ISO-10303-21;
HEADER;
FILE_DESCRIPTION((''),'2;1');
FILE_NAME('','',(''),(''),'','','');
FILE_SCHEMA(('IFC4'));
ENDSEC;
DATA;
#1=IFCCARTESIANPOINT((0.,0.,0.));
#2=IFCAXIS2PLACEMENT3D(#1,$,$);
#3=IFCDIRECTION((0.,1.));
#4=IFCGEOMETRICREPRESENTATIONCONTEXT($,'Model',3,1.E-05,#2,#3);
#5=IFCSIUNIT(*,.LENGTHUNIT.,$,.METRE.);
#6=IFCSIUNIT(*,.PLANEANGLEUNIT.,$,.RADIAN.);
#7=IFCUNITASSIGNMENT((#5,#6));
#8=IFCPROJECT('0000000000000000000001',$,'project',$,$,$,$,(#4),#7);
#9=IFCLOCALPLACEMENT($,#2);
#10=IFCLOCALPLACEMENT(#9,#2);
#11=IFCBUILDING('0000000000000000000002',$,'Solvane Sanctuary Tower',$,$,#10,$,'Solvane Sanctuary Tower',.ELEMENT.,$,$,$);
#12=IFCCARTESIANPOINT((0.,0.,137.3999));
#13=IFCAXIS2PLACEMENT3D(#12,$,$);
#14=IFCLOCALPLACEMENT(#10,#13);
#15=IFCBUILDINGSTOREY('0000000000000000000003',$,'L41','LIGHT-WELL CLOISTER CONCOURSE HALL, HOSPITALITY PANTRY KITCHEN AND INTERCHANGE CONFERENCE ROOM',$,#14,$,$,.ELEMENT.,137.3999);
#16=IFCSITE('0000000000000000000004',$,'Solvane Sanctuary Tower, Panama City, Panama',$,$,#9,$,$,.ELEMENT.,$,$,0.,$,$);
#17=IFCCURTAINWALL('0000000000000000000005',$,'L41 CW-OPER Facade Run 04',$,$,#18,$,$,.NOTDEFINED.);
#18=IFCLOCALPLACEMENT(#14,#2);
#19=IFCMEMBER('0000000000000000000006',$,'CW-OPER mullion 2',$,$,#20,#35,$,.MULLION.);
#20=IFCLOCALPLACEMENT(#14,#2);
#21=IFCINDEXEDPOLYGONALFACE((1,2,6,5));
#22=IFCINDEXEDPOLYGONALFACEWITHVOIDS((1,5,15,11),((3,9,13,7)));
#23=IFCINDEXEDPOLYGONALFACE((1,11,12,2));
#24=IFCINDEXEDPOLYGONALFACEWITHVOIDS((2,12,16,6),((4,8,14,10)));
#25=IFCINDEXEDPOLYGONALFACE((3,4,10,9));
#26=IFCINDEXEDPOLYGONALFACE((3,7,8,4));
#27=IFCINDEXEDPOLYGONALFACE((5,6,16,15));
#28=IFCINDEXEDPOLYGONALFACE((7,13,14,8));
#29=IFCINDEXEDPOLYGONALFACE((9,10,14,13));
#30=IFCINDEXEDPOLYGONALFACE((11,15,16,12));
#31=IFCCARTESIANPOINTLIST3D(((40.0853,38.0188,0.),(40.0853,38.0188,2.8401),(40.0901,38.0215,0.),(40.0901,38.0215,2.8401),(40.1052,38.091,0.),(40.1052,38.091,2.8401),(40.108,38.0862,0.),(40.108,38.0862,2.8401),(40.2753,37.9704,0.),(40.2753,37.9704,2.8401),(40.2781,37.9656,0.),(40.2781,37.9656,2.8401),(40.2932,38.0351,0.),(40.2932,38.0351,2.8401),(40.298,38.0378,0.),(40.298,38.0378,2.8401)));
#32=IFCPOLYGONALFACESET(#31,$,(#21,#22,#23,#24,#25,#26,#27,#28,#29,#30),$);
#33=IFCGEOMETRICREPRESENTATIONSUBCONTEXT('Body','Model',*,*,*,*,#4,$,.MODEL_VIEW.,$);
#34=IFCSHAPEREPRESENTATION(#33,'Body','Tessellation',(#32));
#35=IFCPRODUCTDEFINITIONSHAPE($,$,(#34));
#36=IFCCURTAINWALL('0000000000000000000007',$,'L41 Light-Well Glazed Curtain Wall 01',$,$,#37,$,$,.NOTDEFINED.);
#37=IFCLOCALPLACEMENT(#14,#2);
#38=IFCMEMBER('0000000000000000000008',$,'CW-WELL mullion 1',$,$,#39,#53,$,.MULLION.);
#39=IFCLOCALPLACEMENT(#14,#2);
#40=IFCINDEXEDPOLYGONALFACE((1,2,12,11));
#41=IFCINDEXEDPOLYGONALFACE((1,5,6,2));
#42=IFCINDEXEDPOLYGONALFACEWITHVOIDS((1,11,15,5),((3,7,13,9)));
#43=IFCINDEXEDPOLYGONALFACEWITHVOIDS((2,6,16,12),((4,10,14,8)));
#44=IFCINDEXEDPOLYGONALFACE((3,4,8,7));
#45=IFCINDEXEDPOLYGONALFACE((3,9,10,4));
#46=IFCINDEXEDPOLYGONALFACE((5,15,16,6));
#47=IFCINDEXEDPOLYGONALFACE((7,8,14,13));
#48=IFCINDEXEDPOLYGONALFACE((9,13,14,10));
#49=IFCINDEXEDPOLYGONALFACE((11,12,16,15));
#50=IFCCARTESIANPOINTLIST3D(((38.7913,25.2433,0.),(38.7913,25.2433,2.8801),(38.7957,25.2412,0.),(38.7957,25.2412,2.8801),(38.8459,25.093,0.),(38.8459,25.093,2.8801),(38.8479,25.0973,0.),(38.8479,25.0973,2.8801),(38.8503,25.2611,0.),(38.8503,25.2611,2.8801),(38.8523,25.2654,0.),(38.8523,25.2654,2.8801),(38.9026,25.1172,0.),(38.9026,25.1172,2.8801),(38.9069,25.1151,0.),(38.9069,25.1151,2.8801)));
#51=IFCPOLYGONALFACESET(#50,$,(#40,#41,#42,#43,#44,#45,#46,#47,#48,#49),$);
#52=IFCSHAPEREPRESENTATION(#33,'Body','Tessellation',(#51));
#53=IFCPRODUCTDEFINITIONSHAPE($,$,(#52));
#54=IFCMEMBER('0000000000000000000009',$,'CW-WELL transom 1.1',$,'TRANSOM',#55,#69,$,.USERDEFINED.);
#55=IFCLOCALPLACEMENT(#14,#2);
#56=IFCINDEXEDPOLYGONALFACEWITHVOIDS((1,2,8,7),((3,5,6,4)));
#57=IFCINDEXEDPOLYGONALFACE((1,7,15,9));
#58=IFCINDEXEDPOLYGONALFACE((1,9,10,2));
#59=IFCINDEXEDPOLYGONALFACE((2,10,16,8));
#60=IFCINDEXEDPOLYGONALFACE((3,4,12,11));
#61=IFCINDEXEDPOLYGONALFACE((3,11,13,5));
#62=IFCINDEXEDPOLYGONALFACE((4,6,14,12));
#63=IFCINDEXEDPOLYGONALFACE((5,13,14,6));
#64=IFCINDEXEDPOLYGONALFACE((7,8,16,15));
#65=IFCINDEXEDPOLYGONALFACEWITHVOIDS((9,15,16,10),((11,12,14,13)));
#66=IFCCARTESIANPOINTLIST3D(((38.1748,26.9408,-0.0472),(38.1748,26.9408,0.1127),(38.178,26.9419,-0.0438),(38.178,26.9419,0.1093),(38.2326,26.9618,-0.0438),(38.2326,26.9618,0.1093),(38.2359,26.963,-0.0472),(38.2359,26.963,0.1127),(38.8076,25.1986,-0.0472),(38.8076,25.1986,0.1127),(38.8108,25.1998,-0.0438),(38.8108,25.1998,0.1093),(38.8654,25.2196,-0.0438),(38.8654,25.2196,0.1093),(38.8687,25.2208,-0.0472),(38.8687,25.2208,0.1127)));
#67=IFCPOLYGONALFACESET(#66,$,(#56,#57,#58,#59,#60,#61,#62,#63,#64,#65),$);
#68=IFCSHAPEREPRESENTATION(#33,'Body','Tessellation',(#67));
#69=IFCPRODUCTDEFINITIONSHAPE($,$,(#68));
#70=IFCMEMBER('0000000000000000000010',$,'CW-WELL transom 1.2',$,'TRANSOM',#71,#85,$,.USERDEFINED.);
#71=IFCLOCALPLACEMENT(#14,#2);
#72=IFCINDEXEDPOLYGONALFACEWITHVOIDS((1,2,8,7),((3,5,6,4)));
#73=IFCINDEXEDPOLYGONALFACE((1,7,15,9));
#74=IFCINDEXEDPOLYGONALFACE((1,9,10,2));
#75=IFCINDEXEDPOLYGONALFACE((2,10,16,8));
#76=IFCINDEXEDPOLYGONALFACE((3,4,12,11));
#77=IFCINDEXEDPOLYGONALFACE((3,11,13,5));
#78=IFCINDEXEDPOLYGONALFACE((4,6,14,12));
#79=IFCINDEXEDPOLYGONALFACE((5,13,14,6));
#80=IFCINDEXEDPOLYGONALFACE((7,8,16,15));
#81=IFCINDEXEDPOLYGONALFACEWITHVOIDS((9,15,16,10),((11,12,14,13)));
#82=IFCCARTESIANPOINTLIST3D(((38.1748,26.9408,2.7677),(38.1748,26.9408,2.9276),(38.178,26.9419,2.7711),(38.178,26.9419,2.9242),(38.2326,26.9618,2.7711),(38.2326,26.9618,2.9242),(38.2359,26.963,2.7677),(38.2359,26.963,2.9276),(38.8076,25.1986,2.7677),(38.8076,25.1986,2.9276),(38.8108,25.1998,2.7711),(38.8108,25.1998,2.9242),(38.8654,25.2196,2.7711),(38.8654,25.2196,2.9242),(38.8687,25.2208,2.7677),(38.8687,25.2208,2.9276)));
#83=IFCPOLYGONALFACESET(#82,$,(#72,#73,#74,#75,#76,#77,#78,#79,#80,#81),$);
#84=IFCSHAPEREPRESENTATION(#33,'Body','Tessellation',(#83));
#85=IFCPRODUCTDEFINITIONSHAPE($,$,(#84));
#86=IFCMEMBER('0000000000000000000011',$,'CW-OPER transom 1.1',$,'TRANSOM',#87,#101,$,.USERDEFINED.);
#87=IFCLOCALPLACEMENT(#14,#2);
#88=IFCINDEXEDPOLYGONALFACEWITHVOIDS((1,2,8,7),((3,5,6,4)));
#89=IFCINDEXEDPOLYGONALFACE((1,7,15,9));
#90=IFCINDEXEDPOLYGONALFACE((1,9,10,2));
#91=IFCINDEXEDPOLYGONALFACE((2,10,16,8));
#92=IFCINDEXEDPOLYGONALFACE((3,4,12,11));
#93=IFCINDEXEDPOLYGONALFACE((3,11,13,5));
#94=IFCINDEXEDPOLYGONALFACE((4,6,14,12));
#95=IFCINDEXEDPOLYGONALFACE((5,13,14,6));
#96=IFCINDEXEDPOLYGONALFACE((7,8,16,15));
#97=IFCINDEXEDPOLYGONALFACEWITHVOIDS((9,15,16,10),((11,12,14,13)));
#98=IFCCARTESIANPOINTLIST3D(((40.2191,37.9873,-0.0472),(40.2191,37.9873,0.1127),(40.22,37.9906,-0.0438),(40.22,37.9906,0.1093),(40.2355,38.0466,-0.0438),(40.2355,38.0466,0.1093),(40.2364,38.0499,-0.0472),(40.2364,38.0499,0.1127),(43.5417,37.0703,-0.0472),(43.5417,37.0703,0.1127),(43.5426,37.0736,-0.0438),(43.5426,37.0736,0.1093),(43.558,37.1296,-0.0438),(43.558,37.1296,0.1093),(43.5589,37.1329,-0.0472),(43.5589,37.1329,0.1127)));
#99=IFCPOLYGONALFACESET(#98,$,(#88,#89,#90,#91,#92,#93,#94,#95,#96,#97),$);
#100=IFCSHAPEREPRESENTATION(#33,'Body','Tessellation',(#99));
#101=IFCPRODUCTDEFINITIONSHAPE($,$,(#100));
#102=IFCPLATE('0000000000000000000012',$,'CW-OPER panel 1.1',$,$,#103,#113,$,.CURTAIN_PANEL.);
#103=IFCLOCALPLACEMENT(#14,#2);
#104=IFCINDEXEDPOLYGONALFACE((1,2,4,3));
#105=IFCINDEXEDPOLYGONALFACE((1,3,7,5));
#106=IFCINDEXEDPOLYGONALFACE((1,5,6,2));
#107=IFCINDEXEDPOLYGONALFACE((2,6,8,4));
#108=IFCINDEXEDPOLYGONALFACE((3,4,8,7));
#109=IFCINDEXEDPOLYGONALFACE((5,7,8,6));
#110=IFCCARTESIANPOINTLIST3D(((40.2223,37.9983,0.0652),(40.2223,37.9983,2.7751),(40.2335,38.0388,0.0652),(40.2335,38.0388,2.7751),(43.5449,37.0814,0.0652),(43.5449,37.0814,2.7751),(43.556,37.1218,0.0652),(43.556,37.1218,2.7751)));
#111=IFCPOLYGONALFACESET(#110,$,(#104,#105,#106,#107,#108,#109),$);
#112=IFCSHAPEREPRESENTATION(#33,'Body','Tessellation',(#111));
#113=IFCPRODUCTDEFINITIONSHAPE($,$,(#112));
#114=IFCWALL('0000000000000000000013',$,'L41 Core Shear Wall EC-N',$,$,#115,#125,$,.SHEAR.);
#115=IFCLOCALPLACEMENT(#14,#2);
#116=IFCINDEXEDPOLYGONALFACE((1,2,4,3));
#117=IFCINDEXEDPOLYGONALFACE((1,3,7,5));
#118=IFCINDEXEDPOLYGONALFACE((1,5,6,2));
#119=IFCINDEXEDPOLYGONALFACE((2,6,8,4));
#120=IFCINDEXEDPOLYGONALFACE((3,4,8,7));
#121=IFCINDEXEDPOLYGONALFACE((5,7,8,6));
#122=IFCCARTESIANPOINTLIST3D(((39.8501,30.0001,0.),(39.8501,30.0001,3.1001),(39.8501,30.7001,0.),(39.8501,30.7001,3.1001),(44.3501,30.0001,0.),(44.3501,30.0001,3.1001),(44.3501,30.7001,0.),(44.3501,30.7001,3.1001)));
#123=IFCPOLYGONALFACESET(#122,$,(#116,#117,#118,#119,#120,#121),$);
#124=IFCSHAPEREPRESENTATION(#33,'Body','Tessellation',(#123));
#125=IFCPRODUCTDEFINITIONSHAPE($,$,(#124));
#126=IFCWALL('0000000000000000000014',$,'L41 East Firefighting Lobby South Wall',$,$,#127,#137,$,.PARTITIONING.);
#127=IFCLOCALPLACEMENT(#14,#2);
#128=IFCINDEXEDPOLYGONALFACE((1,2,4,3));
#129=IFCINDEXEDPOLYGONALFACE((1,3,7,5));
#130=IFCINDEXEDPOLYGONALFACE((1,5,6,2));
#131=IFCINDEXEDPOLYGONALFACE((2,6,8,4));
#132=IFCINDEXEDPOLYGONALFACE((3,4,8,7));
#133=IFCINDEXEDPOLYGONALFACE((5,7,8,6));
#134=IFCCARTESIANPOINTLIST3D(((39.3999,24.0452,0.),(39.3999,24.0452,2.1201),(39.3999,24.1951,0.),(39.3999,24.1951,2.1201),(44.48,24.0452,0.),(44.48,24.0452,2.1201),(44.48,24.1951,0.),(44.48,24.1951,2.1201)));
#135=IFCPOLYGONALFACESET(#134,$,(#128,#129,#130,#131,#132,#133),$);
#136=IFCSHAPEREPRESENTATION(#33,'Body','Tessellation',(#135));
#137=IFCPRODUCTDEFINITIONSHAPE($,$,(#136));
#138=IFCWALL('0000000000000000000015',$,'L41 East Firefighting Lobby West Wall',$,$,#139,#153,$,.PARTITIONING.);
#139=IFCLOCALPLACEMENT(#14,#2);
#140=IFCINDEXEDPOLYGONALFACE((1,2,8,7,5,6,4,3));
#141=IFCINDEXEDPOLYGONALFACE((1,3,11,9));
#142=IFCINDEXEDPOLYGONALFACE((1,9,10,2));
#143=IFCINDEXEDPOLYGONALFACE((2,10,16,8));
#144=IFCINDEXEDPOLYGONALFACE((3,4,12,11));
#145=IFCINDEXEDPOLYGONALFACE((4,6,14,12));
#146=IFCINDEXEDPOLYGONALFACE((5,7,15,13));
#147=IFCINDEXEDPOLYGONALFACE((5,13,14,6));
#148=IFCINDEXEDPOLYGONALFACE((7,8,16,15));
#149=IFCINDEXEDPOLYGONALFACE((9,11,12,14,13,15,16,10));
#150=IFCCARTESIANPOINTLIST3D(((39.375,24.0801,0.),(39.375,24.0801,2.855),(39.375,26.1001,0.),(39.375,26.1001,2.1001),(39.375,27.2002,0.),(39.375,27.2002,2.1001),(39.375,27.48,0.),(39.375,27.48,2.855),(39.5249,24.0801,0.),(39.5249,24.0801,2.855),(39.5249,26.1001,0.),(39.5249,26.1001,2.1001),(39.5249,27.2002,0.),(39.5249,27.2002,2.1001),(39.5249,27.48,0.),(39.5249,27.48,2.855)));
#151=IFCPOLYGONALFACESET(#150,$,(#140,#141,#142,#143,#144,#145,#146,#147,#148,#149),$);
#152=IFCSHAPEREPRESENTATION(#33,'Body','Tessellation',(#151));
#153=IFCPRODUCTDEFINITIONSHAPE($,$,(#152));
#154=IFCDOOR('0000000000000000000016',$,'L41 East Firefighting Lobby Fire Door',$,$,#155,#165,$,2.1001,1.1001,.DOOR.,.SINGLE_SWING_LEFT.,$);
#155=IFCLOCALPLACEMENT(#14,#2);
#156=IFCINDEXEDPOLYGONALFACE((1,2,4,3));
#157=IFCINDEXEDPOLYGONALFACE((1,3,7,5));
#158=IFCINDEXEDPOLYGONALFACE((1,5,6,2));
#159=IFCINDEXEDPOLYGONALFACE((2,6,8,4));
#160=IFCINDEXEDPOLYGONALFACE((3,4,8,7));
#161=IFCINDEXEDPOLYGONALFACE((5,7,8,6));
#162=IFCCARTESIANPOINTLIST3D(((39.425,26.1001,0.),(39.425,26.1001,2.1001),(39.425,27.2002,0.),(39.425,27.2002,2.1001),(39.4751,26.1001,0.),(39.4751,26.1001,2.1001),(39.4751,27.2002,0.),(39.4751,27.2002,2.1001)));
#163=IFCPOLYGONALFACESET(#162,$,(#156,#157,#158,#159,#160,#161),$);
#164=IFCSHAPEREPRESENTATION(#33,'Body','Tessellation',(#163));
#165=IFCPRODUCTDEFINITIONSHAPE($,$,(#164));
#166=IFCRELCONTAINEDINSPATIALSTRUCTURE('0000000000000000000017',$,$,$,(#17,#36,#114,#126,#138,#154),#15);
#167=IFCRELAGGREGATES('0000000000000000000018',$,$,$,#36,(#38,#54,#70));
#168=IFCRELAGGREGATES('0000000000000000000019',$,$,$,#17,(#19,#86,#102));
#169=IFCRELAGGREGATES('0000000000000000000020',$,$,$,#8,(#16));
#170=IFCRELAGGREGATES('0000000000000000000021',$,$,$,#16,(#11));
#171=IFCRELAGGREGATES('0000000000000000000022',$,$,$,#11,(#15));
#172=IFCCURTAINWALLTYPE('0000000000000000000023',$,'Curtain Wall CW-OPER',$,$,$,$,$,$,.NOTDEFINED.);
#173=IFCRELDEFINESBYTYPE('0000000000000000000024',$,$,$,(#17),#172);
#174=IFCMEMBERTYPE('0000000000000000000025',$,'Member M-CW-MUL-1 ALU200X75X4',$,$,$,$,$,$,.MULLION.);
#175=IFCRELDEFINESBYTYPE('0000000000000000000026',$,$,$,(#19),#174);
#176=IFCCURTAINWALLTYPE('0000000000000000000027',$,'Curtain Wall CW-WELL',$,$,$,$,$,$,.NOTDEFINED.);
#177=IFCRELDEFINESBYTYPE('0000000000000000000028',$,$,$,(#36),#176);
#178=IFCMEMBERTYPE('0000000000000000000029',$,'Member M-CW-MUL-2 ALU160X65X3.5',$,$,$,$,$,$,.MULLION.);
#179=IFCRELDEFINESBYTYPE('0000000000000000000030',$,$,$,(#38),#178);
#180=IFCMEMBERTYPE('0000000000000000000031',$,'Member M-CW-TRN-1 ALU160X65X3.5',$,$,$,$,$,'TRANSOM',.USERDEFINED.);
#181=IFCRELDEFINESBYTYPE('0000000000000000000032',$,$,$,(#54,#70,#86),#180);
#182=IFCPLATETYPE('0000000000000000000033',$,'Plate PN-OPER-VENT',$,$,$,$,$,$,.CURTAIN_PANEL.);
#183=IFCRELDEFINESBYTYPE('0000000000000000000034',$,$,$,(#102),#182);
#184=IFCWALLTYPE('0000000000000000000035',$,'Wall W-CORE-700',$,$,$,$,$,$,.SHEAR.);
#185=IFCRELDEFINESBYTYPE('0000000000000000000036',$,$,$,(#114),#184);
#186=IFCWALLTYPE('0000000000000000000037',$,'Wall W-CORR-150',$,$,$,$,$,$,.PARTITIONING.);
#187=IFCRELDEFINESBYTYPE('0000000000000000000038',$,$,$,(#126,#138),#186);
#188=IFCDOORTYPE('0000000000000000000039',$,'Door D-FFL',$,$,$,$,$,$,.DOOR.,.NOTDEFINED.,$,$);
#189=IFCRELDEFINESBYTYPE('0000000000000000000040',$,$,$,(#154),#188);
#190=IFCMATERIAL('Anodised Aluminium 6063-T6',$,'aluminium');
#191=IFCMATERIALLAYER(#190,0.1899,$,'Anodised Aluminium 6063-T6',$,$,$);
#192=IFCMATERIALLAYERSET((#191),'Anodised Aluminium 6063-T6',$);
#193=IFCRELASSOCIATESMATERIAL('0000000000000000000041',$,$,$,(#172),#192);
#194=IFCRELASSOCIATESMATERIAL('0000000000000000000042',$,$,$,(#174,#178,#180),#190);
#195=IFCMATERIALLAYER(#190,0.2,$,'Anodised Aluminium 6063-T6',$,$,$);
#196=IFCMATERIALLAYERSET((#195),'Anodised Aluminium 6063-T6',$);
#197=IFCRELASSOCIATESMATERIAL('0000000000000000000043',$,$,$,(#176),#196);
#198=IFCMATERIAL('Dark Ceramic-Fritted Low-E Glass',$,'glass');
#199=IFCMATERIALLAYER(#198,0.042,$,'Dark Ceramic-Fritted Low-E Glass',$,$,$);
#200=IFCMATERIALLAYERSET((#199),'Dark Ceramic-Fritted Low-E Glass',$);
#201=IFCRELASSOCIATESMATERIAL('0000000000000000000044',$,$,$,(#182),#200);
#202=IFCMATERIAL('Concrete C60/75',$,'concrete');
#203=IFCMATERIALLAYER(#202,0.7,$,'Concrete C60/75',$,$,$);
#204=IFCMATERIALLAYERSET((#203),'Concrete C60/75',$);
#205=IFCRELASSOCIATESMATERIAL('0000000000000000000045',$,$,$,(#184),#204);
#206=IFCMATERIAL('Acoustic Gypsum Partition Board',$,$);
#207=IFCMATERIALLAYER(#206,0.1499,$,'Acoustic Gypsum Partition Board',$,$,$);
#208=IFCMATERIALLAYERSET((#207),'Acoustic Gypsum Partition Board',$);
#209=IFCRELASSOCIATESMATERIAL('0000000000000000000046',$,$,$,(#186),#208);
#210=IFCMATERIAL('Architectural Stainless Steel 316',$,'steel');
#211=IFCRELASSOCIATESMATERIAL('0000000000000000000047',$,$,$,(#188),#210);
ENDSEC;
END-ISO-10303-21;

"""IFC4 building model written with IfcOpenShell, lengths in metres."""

from ifc_helpers import new_model, si_unit, direction, frame, frame_2d, origin, origin_2d, place, context, subcontext, project, spatial, rectangle, hollow_rectangle, extrude, material, layer, layer_set, material_profile, profile_set, type_object, element, fill, aggregate, save


model = new_model("IFC4")

# Units and contexts
model_context = context("Model", 3, precision=1e-05, world=origin(), true_north=direction((0.0, 1.0)))
body_context = subcontext(model_context, "Body", "Model", "MODEL_VIEW")
ifc_project = project(units=[si_unit("LENGTHUNIT", "METRE"), si_unit("PLANEANGLEUNIT", "RADIAN")], contexts=[model_context])

# Site, building, storey
site_placement = place(None, origin())
site = spatial("IfcSite", under=ifc_project, at=site_placement, Name="Solvane Sanctuary Tower, Panama City, Panama", CompositionType="ELEMENT", RefElevation=0.0)
building_placement = place(site_placement, origin())
building = spatial("IfcBuilding", under=site, at=building_placement, Name="Solvane Sanctuary Tower", LongName="Solvane Sanctuary Tower", CompositionType="ELEMENT")
storey_placement = place(building_placement, frame((0.0, 0.0, 137.3999)))
storey = spatial("IfcBuildingStorey", under=building, at=storey_placement, Name="L41", Description="LIGHT-WELL CLOISTER CONCOURSE HALL, HOSPITALITY PANTRY KITCHEN AND INTERCHANGE CONFERENCE ROOM", CompositionType="ELEMENT", Elevation=137.3999)

# Shared definitions
ifc_material_1 = material(Name="Concrete C60/75", Category="concrete")

# Curtain wall, member
ifc_material_2 = material(Name="Anodised Aluminium 6063-T6", Category="aluminium")
ifc_layer_1 = layer(ifc_material_2, 0.1899, Name="Anodised Aluminium 6063-T6")
ifc_layer_set_1 = layer_set([ifc_layer_1], Name="Anodised Aluminium 6063-T6")
curtain_wall_type_1 = type_object("IfcCurtainWallType", Name="Curtain Wall CW-OPER", PredefinedType="NOTDEFINED", material=ifc_layer_set_1)
curtain_wall_1_placement = place(storey_placement, origin())
curtain_wall_1 = element("IfcCurtainWall", 1, at=curtain_wall_1_placement, inside=storey, type_object=curtain_wall_type_1, Name="L41 CW-OPER Facade Run 04", PredefinedType="NOTDEFINED")
ifc_material_profile_1 = material_profile(ifc_material_2, hollow_rectangle(XDim=0.075, YDim=0.2, WallThickness=0.0039, at=origin_2d()), Name="ALU200X75X4")
ifc_profile_set_1 = profile_set([ifc_material_profile_1], Name="Anodised Aluminium 6063-T6")
member_type_1 = type_object("IfcMemberType", Name="Member M-CW-MUL-1 ALU200X75X4", PredefinedType="MULLION", material=ifc_profile_set_1)
member_1_placement = place(storey_placement, frame((40.1917, 38.0283, 0.0), z_axis=(0.0, 0.0, 1.0), x_axis=(-0.266022, -0.963967, 0.0)))
member_1 = element("IfcMember", 2, at=member_1_placement, type_object=member_type_1, Name="CW-OPER mullion 2", PredefinedType="MULLION", context=body_context, shape_type="SweptSolid", body=[
    extrude(hollow_rectangle(XDim=0.075, YDim=0.2, WallThickness=0.0039, at=origin_2d()), origin(), (0.0, 0.0, 1.0), 2.8401),
])

# Curtain wall, members
ifc_layer_2 = layer(ifc_material_2, 0.2, Name="Anodised Aluminium 6063-T6")
ifc_layer_set_2 = layer_set([ifc_layer_2], Name="Anodised Aluminium 6063-T6")
curtain_wall_type_2 = type_object("IfcCurtainWallType", Name="Curtain Wall CW-WELL", PredefinedType="NOTDEFINED", material=ifc_layer_set_2)
curtain_wall_2_placement = place(storey_placement, origin())
curtain_wall_2 = element("IfcCurtainWall", 3, at=curtain_wall_2_placement, inside=storey, type_object=curtain_wall_type_2, Name="L41 Light-Well Glazed Curtain Wall 01", PredefinedType="NOTDEFINED")
ifc_material_profile_2 = material_profile(ifc_material_2, hollow_rectangle(XDim=0.0649, YDim=0.1599, WallThickness=0.0034, at=origin_2d()), Name="ALU160X65X3.5")
ifc_profile_set_2 = profile_set([ifc_material_profile_2], Name="Anodised Aluminium 6063-T6")
member_type_2 = type_object("IfcMemberType", Name="Member M-CW-MUL-2 ALU160X65X3.5", PredefinedType="MULLION", material=ifc_profile_set_2)
member_2_placement = place(storey_placement, frame((38.8491, 25.1792, 0.0), z_axis=(0.0, 0.0, 1.0), x_axis=(-0.939933, -0.341358, 0.0)))
member_2 = element("IfcMember", 4, at=member_2_placement, type_object=member_type_2, Name="CW-WELL mullion 1", PredefinedType="MULLION", context=body_context, shape_type="SweptSolid", body=[
    extrude(hollow_rectangle(XDim=0.0649, YDim=0.1599, WallThickness=0.0034, at=origin_2d()), origin(), (0.0, 0.0, 1.0), 2.8801),
])
ifc_material_profile_3 = material_profile(ifc_material_2, hollow_rectangle(XDim=0.0649, YDim=0.1599, WallThickness=0.0034, at=origin_2d()), Name="ALU160X65X3.5")
ifc_profile_set_3 = profile_set([ifc_material_profile_3], Name="Anodised Aluminium 6063-T6")
member_type_3 = type_object("IfcMemberType", Name="Member M-CW-TRN-1 ALU160X65X3.5", ElementType="TRANSOM", PredefinedType="USERDEFINED", material=ifc_profile_set_3)
member_3_placement = place(storey_placement, frame((38.8381, 25.2097, 0.0327), z_axis=(-0.341405, 0.939916, 0.0), x_axis=(-0.939916, -0.341405, 0.0)))
member_3 = element("IfcMember", 5, at=member_3_placement, type_object=member_type_3, Name="CW-WELL transom 1.1", ObjectType="TRANSOM", PredefinedType="USERDEFINED", context=body_context, shape_type="SweptSolid", body=[
    extrude(hollow_rectangle(XDim=0.0649, YDim=0.1599, WallThickness=0.0034, at=origin_2d()), origin(), (0.0, 0.0, 1.0), 1.8535),
])
member_4_placement = place(storey_placement, frame((38.8381, 25.2097, 2.8477), z_axis=(-0.341405, 0.939916, 0.0), x_axis=(-0.939916, -0.341405, 0.0)))
member_4 = element("IfcMember", 6, at=member_4_placement, type_object=member_type_3, Name="CW-WELL transom 1.2", ObjectType="TRANSOM", PredefinedType="USERDEFINED", context=body_context, shape_type="SweptSolid", body=[
    extrude(hollow_rectangle(XDim=0.0649, YDim=0.1599, WallThickness=0.0034, at=origin_2d()), origin(), (0.0, 0.0, 1.0), 1.8535),
])
aggregate(curtain_wall_2, [member_2, member_3, member_4])

# Member
member_5_placement = place(storey_placement, frame((43.5503, 37.1016, 0.0327), z_axis=(-0.96396, 0.266047, 0.0), x_axis=(-0.266047, -0.96396, 0.0)))
member_5 = element("IfcMember", 7, at=member_5_placement, type_object=member_type_3, Name="CW-OPER transom 1.1", ObjectType="TRANSOM", PredefinedType="USERDEFINED", context=body_context, shape_type="SweptSolid", body=[
    extrude(hollow_rectangle(XDim=0.0649, YDim=0.1599, WallThickness=0.0034, at=origin_2d()), origin(), (0.0, 0.0, 1.0), 3.4468),
])

# Plate
ifc_material_3 = material(Name="Dark Ceramic-Fritted Low-E Glass", Category="glass")
ifc_layer_3 = layer(ifc_material_3, 0.042, Name="Dark Ceramic-Fritted Low-E Glass")
ifc_layer_set_3 = layer_set([ifc_layer_3], Name="Dark Ceramic-Fritted Low-E Glass")
plate_type = type_object("IfcPlateType", Name="Plate PN-OPER-VENT", PredefinedType="CURTAIN_PANEL", material=ifc_layer_set_3)
plate_placement = place(storey_placement, frame((41.8892, 37.5601, 0.0652), z_axis=(0.0, 0.0, 1.0), x_axis=(-0.963967, 0.266022, 0.0)))
plate = element("IfcPlate", 8, at=plate_placement, type_object=plate_type, Name="CW-OPER panel 1.1", PredefinedType="CURTAIN_PANEL", context=body_context, shape_type="SweptSolid", body=[
    extrude(rectangle(XDim=3.4468, YDim=0.042, at=origin_2d()), origin(), (0.0, 0.0, 1.0), 2.71),
])
aggregate(curtain_wall_1, [member_1, member_5, plate])

# Walls
ifc_layer_4 = layer(ifc_material_1, 0.7, Name="Concrete C60/75")
ifc_layer_set_4 = layer_set([ifc_layer_4], Name="Concrete C60/75")
wall_type_1 = type_object("IfcWallType", Name="Wall W-CORE-700", PredefinedType="SHEAR", material=ifc_layer_set_4)
wall_1_placement = place(storey_placement, frame((39.8501, 30.3501, 0.0), z_axis=(0.0, 0.0, 1.0), x_axis=(1.0, 0.0, 0.0)))
element("IfcWall", 9, at=wall_1_placement, inside=storey, type_object=wall_type_1, Name="L41 Core Shear Wall EC-N", PredefinedType="SHEAR", context=body_context, shape_type="SweptSolid", body=[
    extrude(rectangle(XDim=4.5, YDim=0.7, at=frame_2d((2.25, 0.0))), origin(), (0.0, 0.0, 1.0), 3.1001),
])
ifc_material_4 = material(Name="Acoustic Gypsum Partition Board")
ifc_layer_5 = layer(ifc_material_4, 0.1499, Name="Acoustic Gypsum Partition Board")
ifc_layer_set_5 = layer_set([ifc_layer_5], Name="Acoustic Gypsum Partition Board")
wall_type_2 = type_object("IfcWallType", Name="Wall W-CORR-150", PredefinedType="PARTITIONING", material=ifc_layer_set_5)
wall_2_placement = place(storey_placement, frame((39.3999, 24.1201, 0.0), z_axis=(0.0, 0.0, 1.0), x_axis=(1.0, 0.0, 0.0)))
element("IfcWall", 10, at=wall_2_placement, inside=storey, type_object=wall_type_2, Name="L41 East Firefighting Lobby South Wall", PredefinedType="PARTITIONING", context=body_context, shape_type="SweptSolid", body=[
    extrude(rectangle(XDim=5.0801, YDim=0.1499, at=frame_2d((2.54, 0.0))), origin(), (0.0, 0.0, 1.0), 2.1201),
])

# Wall, opening, door
wall_3_placement = place(storey_placement, frame((39.45, 24.0801, 0.0), z_axis=(0.0, 0.0, 1.0), x_axis=(0.0, 1.0, 0.0)))
wall_3 = element("IfcWall", 11, at=wall_3_placement, inside=storey, type_object=wall_type_2, Name="L41 East Firefighting Lobby West Wall", PredefinedType="PARTITIONING", context=body_context, shape_type="SweptSolid", body=[
    extrude(rectangle(XDim=3.3999, YDim=0.1499, at=frame_2d((1.7, 0.0))), origin(), (0.0, 0.0, 1.0), 2.855),
])
opening_1_placement = place(wall_3_placement, frame((2.02, 0.0, 0.0)))
opening_1 = element("IfcOpeningElement", 12, at=opening_1_placement, cuts=wall_3, PredefinedType="OPENING", context=body_context, shape_type="SweptSolid", body=[
    extrude(rectangle(XDim=1.1001, YDim=2.1001, at=frame_2d((0.55, 1.05))), frame((0.0, 0.085, 0.0), z_axis=(0.0, -1.0, 0.0), x_axis=(1.0, 0.0, 0.0)), (0.0, 0.0, 1.0), 0.1699),
])
ifc_material_5 = material(Name="Architectural Stainless Steel 316", Category="steel")
door_type_1 = type_object("IfcDoorType", Name="Door D-FFL", OperationType="NOTDEFINED", PredefinedType="DOOR", material=ifc_material_5)
door_1_placement = place(opening_1_placement, origin())
door_1 = element("IfcDoor", 13, at=door_1_placement, inside=storey, type_object=door_type_1, Name="L41 East Firefighting Lobby Fire Door", OperationType="SINGLE_SWING_LEFT", OverallHeight=2.1001, OverallWidth=1.1001, PredefinedType="DOOR", context=body_context, shape_type="SweptSolid", body=[
    extrude(rectangle(XDim=1.1001, YDim=2.1001, at=frame_2d((0.55, 1.05))), frame((0.0, 0.0249, 0.0), z_axis=(0.0, -1.0, 0.0), x_axis=(1.0, 0.0, 0.0)), (0.0, 0.0, 1.0), 0.05),
])
fill(opening_1, door_1)

save(model, "model.ifc")
